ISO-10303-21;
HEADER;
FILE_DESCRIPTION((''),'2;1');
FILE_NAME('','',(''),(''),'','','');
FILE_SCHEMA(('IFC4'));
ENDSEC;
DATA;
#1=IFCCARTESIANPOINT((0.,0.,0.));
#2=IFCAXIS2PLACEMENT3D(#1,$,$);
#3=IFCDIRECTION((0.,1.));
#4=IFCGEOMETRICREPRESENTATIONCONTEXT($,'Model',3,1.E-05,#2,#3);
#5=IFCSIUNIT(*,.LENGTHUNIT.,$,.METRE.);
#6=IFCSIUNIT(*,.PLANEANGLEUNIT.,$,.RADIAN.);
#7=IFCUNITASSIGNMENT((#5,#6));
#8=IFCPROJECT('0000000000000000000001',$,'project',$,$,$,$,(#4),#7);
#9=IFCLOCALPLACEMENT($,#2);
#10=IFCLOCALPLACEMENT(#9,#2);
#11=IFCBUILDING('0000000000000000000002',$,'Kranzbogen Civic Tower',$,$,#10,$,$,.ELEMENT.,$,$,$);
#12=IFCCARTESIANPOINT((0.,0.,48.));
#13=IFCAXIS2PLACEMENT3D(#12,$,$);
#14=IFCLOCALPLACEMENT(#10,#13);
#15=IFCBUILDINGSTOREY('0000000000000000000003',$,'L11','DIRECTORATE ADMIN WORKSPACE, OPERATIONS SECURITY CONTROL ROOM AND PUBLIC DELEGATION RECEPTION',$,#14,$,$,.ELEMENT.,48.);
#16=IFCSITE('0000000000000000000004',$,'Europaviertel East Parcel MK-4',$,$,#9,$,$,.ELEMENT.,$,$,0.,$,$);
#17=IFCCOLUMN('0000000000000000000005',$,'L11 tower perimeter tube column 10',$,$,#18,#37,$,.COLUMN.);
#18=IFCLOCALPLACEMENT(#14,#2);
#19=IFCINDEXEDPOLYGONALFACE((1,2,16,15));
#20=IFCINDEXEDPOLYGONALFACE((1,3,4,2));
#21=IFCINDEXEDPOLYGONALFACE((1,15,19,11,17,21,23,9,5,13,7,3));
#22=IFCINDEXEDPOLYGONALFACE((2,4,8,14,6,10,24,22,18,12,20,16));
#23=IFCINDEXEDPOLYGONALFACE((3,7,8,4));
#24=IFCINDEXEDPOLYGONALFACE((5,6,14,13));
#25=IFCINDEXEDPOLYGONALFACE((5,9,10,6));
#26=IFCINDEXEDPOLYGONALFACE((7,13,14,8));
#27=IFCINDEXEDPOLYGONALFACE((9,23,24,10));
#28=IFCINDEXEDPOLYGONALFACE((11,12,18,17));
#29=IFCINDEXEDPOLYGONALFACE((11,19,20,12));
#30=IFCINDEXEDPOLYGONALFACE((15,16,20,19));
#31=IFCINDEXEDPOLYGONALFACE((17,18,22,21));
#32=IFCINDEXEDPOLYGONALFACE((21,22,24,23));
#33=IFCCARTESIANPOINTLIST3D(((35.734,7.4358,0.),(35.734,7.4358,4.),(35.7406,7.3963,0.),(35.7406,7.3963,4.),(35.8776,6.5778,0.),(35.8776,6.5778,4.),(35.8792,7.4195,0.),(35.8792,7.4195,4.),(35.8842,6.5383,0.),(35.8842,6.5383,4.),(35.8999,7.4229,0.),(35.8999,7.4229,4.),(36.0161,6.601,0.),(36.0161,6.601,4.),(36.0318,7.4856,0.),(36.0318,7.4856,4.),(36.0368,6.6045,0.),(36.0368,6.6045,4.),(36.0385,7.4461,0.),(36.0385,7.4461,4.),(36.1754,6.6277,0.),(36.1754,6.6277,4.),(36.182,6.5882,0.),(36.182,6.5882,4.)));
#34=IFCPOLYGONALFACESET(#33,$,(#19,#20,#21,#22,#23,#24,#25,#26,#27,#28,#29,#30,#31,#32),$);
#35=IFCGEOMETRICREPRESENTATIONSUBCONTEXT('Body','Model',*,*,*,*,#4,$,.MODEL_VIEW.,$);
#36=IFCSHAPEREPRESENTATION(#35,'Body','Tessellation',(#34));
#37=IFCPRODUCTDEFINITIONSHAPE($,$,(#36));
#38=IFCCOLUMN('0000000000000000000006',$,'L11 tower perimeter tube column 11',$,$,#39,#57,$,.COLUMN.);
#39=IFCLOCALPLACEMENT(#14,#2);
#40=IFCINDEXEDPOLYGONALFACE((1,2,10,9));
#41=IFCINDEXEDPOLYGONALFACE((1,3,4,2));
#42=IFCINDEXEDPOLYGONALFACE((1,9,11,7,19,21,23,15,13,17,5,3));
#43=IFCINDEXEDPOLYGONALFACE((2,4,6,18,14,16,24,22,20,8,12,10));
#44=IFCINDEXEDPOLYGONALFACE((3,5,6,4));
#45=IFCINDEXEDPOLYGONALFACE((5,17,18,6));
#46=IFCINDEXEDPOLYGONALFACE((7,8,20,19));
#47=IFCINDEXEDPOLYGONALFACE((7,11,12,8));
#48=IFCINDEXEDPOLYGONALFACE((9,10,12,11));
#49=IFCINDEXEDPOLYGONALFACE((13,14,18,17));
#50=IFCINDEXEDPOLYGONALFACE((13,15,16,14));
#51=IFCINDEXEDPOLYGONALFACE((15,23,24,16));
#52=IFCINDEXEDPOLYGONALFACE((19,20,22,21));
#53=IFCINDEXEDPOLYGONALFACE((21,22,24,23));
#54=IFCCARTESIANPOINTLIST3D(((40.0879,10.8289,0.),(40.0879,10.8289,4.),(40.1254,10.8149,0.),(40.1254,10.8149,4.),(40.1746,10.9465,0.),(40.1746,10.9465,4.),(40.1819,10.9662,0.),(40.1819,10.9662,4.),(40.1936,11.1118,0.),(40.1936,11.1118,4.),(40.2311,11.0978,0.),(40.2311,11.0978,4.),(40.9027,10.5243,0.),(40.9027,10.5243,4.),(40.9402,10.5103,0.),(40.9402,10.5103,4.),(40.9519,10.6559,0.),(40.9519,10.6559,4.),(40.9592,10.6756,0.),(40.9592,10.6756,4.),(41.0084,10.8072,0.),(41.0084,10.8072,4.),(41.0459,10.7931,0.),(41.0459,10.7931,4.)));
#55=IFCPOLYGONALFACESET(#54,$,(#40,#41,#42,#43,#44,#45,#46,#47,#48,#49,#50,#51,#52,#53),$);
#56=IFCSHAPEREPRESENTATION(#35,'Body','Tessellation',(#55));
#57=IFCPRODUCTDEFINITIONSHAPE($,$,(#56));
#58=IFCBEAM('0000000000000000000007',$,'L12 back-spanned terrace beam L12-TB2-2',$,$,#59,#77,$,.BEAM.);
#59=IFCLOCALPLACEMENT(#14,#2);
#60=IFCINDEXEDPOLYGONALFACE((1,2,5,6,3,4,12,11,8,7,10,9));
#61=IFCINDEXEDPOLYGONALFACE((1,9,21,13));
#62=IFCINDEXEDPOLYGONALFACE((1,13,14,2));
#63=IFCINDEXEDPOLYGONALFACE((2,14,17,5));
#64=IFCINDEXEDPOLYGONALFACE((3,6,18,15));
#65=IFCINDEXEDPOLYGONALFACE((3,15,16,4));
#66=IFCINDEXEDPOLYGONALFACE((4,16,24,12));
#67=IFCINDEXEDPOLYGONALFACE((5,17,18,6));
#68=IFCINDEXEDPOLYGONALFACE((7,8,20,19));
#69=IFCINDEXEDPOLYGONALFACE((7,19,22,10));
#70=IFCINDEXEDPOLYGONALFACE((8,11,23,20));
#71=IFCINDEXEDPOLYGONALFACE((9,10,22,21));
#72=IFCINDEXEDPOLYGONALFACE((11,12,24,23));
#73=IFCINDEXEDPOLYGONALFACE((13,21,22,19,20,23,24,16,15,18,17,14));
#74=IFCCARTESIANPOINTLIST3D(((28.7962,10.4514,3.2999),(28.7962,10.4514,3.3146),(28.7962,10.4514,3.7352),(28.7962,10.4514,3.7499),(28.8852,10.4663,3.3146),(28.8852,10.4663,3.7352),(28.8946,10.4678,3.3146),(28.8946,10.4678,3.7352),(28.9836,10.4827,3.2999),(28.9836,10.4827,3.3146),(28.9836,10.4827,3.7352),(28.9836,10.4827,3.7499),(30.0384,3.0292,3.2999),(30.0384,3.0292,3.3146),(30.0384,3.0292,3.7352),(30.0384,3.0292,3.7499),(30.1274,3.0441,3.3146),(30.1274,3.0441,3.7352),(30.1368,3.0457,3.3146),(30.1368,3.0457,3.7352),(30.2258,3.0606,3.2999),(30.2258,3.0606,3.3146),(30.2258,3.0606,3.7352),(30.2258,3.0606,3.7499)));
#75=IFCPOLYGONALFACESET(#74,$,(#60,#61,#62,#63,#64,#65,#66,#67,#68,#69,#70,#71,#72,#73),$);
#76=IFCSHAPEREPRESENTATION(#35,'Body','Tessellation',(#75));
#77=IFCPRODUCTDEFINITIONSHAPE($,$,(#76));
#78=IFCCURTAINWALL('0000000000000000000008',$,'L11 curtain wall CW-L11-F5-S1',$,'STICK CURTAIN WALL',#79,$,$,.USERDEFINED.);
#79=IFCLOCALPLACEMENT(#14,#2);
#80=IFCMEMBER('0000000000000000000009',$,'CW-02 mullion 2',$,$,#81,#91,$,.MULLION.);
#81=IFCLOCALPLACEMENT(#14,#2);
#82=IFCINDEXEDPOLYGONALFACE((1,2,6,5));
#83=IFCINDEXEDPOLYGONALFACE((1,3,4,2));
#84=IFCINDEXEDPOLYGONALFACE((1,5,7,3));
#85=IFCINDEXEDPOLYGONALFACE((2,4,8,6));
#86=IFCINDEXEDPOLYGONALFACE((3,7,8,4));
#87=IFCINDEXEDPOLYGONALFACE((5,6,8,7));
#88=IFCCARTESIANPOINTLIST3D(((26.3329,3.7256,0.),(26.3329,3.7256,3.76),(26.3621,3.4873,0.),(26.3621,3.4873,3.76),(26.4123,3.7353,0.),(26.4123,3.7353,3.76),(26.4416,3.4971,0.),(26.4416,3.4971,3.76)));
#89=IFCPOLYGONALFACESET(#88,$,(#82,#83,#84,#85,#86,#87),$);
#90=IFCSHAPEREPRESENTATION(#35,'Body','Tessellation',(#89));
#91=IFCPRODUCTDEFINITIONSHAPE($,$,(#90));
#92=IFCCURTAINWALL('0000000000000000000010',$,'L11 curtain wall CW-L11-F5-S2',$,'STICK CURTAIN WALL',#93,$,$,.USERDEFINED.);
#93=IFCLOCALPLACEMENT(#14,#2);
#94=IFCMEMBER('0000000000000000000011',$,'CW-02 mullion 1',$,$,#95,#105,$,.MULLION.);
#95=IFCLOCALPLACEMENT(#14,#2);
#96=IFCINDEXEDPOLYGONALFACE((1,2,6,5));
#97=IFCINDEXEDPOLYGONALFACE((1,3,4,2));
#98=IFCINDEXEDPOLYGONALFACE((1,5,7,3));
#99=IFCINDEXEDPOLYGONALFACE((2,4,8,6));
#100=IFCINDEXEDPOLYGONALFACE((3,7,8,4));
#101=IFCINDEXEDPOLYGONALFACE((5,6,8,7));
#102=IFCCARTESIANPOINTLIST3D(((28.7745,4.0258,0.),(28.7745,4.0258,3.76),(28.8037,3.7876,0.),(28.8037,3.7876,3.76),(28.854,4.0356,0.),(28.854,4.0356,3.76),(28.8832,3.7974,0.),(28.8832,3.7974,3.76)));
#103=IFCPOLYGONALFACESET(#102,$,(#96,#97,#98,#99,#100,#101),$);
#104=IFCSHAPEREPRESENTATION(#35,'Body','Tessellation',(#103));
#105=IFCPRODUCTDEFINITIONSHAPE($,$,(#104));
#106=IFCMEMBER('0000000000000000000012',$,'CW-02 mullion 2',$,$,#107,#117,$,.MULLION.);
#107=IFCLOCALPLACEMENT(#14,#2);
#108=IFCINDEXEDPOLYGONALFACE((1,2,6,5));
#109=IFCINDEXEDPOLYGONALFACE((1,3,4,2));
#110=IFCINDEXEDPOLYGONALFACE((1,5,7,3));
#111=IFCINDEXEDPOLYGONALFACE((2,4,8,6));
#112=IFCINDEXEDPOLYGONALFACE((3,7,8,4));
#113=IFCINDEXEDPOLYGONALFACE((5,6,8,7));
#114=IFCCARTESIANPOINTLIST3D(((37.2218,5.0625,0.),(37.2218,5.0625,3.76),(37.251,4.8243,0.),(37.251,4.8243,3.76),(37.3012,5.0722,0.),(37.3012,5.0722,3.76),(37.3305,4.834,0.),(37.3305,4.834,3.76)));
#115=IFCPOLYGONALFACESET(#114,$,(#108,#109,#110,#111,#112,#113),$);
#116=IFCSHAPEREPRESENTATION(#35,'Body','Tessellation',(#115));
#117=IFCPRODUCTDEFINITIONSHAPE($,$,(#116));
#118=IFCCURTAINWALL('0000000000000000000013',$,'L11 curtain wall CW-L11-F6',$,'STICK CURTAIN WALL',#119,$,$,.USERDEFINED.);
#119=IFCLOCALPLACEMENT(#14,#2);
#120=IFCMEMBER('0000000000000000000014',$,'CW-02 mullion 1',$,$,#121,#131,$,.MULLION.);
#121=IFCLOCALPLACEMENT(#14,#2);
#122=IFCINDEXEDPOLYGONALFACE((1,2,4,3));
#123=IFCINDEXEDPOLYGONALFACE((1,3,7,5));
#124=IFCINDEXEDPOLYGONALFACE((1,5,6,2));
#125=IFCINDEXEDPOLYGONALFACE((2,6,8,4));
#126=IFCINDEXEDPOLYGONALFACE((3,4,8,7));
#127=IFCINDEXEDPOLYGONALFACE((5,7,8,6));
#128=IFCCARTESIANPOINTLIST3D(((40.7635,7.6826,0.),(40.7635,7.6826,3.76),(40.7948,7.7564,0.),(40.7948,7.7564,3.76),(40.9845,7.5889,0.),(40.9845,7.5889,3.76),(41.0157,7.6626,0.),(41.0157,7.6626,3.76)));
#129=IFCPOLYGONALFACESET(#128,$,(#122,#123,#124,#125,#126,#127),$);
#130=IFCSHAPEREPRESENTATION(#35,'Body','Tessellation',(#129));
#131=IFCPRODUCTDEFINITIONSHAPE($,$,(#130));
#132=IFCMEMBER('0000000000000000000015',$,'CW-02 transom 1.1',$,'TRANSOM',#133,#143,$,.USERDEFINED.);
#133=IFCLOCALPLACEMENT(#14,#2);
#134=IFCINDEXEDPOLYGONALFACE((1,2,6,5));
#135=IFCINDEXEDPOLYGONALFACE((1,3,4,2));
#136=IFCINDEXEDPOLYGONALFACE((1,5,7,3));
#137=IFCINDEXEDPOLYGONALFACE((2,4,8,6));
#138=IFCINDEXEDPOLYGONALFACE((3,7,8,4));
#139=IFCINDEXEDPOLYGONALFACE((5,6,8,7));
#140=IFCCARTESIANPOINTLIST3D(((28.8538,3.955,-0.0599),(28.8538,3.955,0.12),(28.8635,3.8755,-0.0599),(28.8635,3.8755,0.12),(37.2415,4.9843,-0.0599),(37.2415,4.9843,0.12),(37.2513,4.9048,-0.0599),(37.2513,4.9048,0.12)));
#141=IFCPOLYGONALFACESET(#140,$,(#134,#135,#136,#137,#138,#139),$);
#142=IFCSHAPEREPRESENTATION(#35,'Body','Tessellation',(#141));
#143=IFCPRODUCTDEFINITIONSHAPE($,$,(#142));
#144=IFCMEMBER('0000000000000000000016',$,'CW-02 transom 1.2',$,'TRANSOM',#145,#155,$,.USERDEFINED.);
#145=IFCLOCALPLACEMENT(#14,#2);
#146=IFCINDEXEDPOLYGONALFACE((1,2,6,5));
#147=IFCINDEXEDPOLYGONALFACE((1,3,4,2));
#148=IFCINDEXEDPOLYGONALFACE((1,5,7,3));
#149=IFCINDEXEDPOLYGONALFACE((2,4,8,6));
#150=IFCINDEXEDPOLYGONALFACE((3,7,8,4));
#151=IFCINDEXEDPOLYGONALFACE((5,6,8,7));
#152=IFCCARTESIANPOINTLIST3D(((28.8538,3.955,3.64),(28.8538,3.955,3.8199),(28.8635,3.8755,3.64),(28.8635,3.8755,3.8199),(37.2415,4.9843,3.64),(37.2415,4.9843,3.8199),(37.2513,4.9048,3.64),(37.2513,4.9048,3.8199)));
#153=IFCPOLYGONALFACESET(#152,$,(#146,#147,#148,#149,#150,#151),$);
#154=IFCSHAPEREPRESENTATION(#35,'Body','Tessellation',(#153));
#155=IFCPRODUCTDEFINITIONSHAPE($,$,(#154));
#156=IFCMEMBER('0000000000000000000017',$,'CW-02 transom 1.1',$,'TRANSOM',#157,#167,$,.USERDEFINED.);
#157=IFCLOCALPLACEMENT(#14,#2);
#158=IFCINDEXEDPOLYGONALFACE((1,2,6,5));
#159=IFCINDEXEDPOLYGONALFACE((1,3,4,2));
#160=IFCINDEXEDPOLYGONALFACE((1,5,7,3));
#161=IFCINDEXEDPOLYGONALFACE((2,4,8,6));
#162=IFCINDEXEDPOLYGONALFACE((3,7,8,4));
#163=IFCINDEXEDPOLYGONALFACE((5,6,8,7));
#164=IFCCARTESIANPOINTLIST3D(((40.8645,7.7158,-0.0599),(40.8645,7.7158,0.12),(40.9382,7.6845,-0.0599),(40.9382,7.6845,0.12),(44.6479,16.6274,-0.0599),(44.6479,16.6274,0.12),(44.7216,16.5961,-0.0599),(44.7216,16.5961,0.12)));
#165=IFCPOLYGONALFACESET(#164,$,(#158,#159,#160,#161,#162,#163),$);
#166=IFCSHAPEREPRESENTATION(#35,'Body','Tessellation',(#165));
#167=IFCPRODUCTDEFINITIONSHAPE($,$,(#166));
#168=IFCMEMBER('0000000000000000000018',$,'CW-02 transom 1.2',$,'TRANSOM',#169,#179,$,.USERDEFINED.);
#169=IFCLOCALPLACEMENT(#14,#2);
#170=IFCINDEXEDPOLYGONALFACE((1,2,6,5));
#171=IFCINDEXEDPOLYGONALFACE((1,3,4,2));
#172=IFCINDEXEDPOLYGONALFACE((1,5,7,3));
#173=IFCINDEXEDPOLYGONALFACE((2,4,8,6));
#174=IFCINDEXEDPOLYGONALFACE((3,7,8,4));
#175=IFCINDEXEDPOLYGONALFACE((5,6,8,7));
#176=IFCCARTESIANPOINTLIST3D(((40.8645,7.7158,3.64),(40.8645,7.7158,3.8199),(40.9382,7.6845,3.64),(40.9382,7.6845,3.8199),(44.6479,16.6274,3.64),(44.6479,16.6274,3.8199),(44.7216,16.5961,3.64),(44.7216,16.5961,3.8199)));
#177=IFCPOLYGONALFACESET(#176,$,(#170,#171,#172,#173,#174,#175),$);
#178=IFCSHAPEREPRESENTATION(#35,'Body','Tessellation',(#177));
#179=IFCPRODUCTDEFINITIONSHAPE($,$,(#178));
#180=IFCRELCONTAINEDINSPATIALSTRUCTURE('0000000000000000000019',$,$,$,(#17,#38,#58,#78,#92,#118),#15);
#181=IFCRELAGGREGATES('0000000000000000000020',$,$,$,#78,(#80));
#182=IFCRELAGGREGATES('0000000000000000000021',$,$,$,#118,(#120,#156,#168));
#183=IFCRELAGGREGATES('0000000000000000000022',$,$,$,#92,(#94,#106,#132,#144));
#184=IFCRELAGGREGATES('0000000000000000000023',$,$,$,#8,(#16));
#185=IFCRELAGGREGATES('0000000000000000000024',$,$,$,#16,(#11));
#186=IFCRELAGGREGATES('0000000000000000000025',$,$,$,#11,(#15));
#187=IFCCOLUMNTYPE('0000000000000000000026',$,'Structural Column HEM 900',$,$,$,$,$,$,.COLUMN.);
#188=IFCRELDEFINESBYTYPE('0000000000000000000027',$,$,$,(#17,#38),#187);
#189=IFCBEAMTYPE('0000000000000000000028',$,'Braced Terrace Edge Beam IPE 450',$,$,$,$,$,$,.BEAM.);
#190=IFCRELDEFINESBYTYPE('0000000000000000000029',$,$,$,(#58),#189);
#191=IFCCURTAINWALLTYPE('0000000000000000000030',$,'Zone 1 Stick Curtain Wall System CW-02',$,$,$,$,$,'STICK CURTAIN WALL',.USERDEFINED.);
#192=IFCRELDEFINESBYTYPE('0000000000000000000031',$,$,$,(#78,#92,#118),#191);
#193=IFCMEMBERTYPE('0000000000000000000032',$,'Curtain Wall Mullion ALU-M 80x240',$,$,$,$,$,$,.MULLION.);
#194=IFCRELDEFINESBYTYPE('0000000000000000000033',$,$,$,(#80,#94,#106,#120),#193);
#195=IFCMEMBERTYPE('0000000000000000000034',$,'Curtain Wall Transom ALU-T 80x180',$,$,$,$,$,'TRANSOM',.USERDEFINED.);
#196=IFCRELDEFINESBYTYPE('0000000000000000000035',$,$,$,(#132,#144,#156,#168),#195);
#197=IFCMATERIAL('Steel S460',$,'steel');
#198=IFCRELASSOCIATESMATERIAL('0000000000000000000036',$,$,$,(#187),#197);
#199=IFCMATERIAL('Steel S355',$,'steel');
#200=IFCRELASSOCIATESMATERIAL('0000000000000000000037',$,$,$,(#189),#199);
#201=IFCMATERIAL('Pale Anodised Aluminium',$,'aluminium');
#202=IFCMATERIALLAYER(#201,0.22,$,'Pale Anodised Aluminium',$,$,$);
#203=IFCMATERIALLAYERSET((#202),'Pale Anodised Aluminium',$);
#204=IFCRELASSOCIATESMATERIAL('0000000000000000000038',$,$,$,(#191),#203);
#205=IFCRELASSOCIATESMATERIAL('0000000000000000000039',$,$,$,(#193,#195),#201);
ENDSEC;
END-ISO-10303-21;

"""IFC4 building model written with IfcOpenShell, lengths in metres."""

from ifc_helpers import new_model, si_unit, direction, frame, origin, origin_2d, place, context, subcontext, project, spatial, rectangle, i_section, extrude, material, layer, layer_set, material_profile, profile_set, type_object, element, aggregate, save


model = new_model("IFC4")

# Units and contexts
model_context = context("Model", 3, precision=1e-05, world=origin(), true_north=direction((0.0, 1.0)))
body_context = subcontext(model_context, "Body", "Model", "MODEL_VIEW")
ifc_project = project(units=[si_unit("LENGTHUNIT", "METRE"), si_unit("PLANEANGLEUNIT", "RADIAN")], contexts=[model_context])

# Site, building, storey
site_placement = place(None, origin())
site = spatial("IfcSite", under=ifc_project, at=site_placement, Name="Europaviertel East Parcel MK-4", CompositionType="ELEMENT", RefElevation=0.0)
building_placement = place(site_placement, origin())
building = spatial("IfcBuilding", under=site, at=building_placement, Name="Kranzbogen Civic Tower", CompositionType="ELEMENT")
storey_placement = place(building_placement, frame((0.0, 0.0, 48.0)))
storey = spatial("IfcBuildingStorey", under=building, at=storey_placement, Name="L11", Description="DIRECTORATE ADMIN WORKSPACE, OPERATIONS SECURITY CONTROL ROOM AND PUBLIC DELEGATION RECEPTION", CompositionType="ELEMENT", Elevation=48.0)

# Columns
ifc_material_1 = material(Name="Steel S460", Category="steel")
ifc_material_profile_1 = material_profile(ifc_material_1, i_section(OverallWidth=0.302, OverallDepth=0.9099, WebThickness=0.021, FlangeThickness=0.04, at=origin_2d()), Name="HEM 900")
ifc_profile_set_1 = profile_set([ifc_material_profile_1], Name="Steel S460")
column_type = type_object("IfcColumnType", Name="Structural Column HEM 900", PredefinedType="COLUMN", material=ifc_profile_set_1)
for number, where, z_axis, x_axis, name in (
    (1, (35.958, 7.012, 0.0), (0.0, 0.0, 1.0), (0.986286, 0.165048, 0.0), "L11 tower perimeter tube column 10"),
    (2, (40.5669, 10.811, 0.0), (0.0, 0.0, 1.0), (0.350207, 0.936672, 0.0), "L11 tower perimeter tube column 11"),
):
    element("IfcColumn", number, at=place(storey_placement, frame(where, z_axis=z_axis, x_axis=x_axis)), inside=storey, type_object=column_type, Name=name, PredefinedType="COLUMN", context=body_context, shape_type="SweptSolid", body=[
        extrude(i_section(OverallWidth=0.302, OverallDepth=0.9099, WebThickness=0.021, FlangeThickness=0.04, at=origin_2d()), origin(), (0.0, 0.0, 1.0), 4.0),
    ])

# Beam
ifc_material_2 = material(Name="Steel S355", Category="steel")
ifc_material_profile_2 = material_profile(ifc_material_2, i_section(OverallWidth=0.1899, OverallDepth=0.45, WebThickness=0.0095, FlangeThickness=0.0146, at=origin_2d()), Name="IPE 450")
ifc_profile_set_2 = profile_set([ifc_material_profile_2], Name="Steel S355")
beam_type_1 = type_object("IfcBeamType", Name="Braced Terrace Edge Beam IPE 450", PredefinedType="BEAM", material=ifc_profile_set_2)
beam_1_placement = place(storey_placement, frame((28.8899, 10.467, 3.5249), z_axis=(0.165067, -0.986282, 0.0), x_axis=(0.986282, 0.165067, 0.0)))
element("IfcBeam", 3, at=beam_1_placement, inside=storey, type_object=beam_type_1, Name="L12 back-spanned terrace beam L12-TB2-2", PredefinedType="BEAM", context=body_context, shape_type="SweptSolid", body=[
    extrude(i_section(OverallWidth=0.1899, OverallDepth=0.45, WebThickness=0.0095, FlangeThickness=0.0146, at=origin_2d()), origin(), (0.0, 0.0, 1.0), 7.5254),
])

# Curtain wall, member
ifc_material_3 = material(Name="Pale Anodised Aluminium", Category="aluminium")
ifc_layer_1 = layer(ifc_material_3, 0.22, Name="Pale Anodised Aluminium")
ifc_layer_set_1 = layer_set([ifc_layer_1], Name="Pale Anodised Aluminium")
curtain_wall_type = type_object("IfcCurtainWallType", Name="Zone 1 Stick Curtain Wall System CW-02", ElementType="STICK CURTAIN WALL", PredefinedType="USERDEFINED", material=ifc_layer_set_1)
curtain_wall_1_placement = place(storey_placement, origin())
curtain_wall_1 = element("IfcCurtainWall", 4, at=curtain_wall_1_placement, inside=storey, type_object=curtain_wall_type, Name="L11 curtain wall CW-L11-F5-S1", ObjectType="STICK CURTAIN WALL", PredefinedType="USERDEFINED")
ifc_material_profile_3 = material_profile(ifc_material_3, rectangle(XDim=0.0801, YDim=0.24, at=origin_2d()), Name="ALU-M 80x240")
ifc_profile_set_3 = profile_set([ifc_material_profile_3], Name="Pale Anodised Aluminium")
member_type_1 = type_object("IfcMemberType", Name="Curtain Wall Mullion ALU-M 80x240", PredefinedType="MULLION", material=ifc_profile_set_3)
member_1_placement = place(storey_placement, frame((26.3872, 3.6113, 0.0), z_axis=(0.0, 0.0, 1.0), x_axis=(0.992555, 0.121795, 0.0)))
member_1 = element("IfcMember", 5, at=member_1_placement, type_object=member_type_1, Name="CW-02 mullion 2", PredefinedType="MULLION", context=body_context, shape_type="SweptSolid", body=[
    extrude(rectangle(XDim=0.0801, YDim=0.24, at=origin_2d()), origin(), (0.0, 0.0, 1.0), 3.76),
])
aggregate(curtain_wall_1, [member_1])

# Curtain wall, members
curtain_wall_2_placement = place(storey_placement, origin())
curtain_wall_2 = element("IfcCurtainWall", 6, at=curtain_wall_2_placement, inside=storey, type_object=curtain_wall_type, Name="L11 curtain wall CW-L11-F5-S2", ObjectType="STICK CURTAIN WALL", PredefinedType="USERDEFINED")
member_2_placement = place(storey_placement, frame((28.8289, 3.9116, 0.0), z_axis=(0.0, 0.0, 1.0), x_axis=(0.992554, 0.121809, 0.0)))
member_2 = element("IfcMember", 7, at=member_2_placement, type_object=member_type_1, Name="CW-02 mullion 1", PredefinedType="MULLION", context=body_context, shape_type="SweptSolid", body=[
    extrude(rectangle(XDim=0.0801, YDim=0.24, at=origin_2d()), origin(), (0.0, 0.0, 1.0), 3.76),
])
member_3_placement = place(storey_placement, frame((37.2761, 4.9482, 0.0), z_axis=(0.0, 0.0, 1.0), x_axis=(0.992554, 0.121809, 0.0)))
member_3 = element("IfcMember", 8, at=member_3_placement, type_object=member_type_1, Name="CW-02 mullion 2", PredefinedType="MULLION", context=body_context, shape_type="SweptSolid", body=[
    extrude(rectangle(XDim=0.0801, YDim=0.24, at=origin_2d()), origin(), (0.0, 0.0, 1.0), 3.76),
])

# Curtain wall, member
curtain_wall_3_placement = place(storey_placement, origin())
curtain_wall_3 = element("IfcCurtainWall", 9, at=curtain_wall_3_placement, inside=storey, type_object=curtain_wall_type, Name="L11 curtain wall CW-L11-F6", ObjectType="STICK CURTAIN WALL", PredefinedType="USERDEFINED")
member_4_placement = place(storey_placement, frame((40.8896, 7.6726, 0.0), z_axis=(0.0, 0.0, 1.0), x_axis=(0.39078, 0.920484, 0.0)))
member_4 = element("IfcMember", 10, at=member_4_placement, type_object=member_type_1, Name="CW-02 mullion 1", PredefinedType="MULLION", context=body_context, shape_type="SweptSolid", body=[
    extrude(rectangle(XDim=0.0801, YDim=0.24, at=origin_2d()), origin(), (0.0, 0.0, 1.0), 3.76),
])

# Members
ifc_material_profile_4 = material_profile(ifc_material_3, rectangle(XDim=0.0801, YDim=0.1799, at=origin_2d()), Name="ALU-T 80x180")
ifc_profile_set_4 = profile_set([ifc_material_profile_4], Name="Pale Anodised Aluminium")
member_type_2 = type_object("IfcMemberType", Name="Curtain Wall Transom ALU-T 80x180", ElementType="TRANSOM", PredefinedType="USERDEFINED", material=ifc_profile_set_4)
member_5_placement = place(storey_placement, frame((28.8586, 3.9153, 0.03), z_axis=(0.992554, 0.121801, 0.0), x_axis=(-0.121801, 0.992554, 0.0)))
member_5 = element("IfcMember", 11, at=member_5_placement, type_object=member_type_2, Name="CW-02 transom 1.1", ObjectType="TRANSOM", PredefinedType="USERDEFINED", context=body_context, shape_type="SweptSolid", body=[
    extrude(rectangle(XDim=0.0801, YDim=0.1799, at=origin_2d()), origin(), (0.0, 0.0, 1.0), 8.4507),
])
member_6_placement = place(storey_placement, frame((28.8586, 3.9153, 3.73), z_axis=(0.992554, 0.121801, 0.0), x_axis=(-0.121801, 0.992554, 0.0)))
member_6 = element("IfcMember", 12, at=member_6_placement, type_object=member_type_2, Name="CW-02 transom 1.2", ObjectType="TRANSOM", PredefinedType="USERDEFINED", context=body_context, shape_type="SweptSolid", body=[
    extrude(rectangle(XDim=0.0801, YDim=0.1799, at=origin_2d()), origin(), (0.0, 0.0, 1.0), 8.4507),
])
member_7_placement = place(storey_placement, frame((40.9014, 7.7002, 0.03), z_axis=(0.390791, 0.920479, 0.0), x_axis=(-0.920479, 0.390791, 0.0)))
member_7 = element("IfcMember", 13, at=member_7_placement, type_object=member_type_2, Name="CW-02 transom 1.1", ObjectType="TRANSOM", PredefinedType="USERDEFINED", context=body_context, shape_type="SweptSolid", body=[
    extrude(rectangle(XDim=0.0801, YDim=0.1799, at=origin_2d()), origin(), (0.0, 0.0, 1.0), 9.6814),
])
member_8_placement = place(storey_placement, frame((40.9014, 7.7002, 3.73), z_axis=(0.390791, 0.920479, 0.0), x_axis=(-0.920479, 0.390791, 0.0)))
member_8 = element("IfcMember", 14, at=member_8_placement, type_object=member_type_2, Name="CW-02 transom 1.2", ObjectType="TRANSOM", PredefinedType="USERDEFINED", context=body_context, shape_type="SweptSolid", body=[
    extrude(rectangle(XDim=0.0801, YDim=0.1799, at=origin_2d()), origin(), (0.0, 0.0, 1.0), 9.6814),
])
aggregate(curtain_wall_3, [member_4, member_7, member_8])

aggregate(curtain_wall_2, [member_2, member_3, member_5, member_6])

save(model, "model.ifc")
